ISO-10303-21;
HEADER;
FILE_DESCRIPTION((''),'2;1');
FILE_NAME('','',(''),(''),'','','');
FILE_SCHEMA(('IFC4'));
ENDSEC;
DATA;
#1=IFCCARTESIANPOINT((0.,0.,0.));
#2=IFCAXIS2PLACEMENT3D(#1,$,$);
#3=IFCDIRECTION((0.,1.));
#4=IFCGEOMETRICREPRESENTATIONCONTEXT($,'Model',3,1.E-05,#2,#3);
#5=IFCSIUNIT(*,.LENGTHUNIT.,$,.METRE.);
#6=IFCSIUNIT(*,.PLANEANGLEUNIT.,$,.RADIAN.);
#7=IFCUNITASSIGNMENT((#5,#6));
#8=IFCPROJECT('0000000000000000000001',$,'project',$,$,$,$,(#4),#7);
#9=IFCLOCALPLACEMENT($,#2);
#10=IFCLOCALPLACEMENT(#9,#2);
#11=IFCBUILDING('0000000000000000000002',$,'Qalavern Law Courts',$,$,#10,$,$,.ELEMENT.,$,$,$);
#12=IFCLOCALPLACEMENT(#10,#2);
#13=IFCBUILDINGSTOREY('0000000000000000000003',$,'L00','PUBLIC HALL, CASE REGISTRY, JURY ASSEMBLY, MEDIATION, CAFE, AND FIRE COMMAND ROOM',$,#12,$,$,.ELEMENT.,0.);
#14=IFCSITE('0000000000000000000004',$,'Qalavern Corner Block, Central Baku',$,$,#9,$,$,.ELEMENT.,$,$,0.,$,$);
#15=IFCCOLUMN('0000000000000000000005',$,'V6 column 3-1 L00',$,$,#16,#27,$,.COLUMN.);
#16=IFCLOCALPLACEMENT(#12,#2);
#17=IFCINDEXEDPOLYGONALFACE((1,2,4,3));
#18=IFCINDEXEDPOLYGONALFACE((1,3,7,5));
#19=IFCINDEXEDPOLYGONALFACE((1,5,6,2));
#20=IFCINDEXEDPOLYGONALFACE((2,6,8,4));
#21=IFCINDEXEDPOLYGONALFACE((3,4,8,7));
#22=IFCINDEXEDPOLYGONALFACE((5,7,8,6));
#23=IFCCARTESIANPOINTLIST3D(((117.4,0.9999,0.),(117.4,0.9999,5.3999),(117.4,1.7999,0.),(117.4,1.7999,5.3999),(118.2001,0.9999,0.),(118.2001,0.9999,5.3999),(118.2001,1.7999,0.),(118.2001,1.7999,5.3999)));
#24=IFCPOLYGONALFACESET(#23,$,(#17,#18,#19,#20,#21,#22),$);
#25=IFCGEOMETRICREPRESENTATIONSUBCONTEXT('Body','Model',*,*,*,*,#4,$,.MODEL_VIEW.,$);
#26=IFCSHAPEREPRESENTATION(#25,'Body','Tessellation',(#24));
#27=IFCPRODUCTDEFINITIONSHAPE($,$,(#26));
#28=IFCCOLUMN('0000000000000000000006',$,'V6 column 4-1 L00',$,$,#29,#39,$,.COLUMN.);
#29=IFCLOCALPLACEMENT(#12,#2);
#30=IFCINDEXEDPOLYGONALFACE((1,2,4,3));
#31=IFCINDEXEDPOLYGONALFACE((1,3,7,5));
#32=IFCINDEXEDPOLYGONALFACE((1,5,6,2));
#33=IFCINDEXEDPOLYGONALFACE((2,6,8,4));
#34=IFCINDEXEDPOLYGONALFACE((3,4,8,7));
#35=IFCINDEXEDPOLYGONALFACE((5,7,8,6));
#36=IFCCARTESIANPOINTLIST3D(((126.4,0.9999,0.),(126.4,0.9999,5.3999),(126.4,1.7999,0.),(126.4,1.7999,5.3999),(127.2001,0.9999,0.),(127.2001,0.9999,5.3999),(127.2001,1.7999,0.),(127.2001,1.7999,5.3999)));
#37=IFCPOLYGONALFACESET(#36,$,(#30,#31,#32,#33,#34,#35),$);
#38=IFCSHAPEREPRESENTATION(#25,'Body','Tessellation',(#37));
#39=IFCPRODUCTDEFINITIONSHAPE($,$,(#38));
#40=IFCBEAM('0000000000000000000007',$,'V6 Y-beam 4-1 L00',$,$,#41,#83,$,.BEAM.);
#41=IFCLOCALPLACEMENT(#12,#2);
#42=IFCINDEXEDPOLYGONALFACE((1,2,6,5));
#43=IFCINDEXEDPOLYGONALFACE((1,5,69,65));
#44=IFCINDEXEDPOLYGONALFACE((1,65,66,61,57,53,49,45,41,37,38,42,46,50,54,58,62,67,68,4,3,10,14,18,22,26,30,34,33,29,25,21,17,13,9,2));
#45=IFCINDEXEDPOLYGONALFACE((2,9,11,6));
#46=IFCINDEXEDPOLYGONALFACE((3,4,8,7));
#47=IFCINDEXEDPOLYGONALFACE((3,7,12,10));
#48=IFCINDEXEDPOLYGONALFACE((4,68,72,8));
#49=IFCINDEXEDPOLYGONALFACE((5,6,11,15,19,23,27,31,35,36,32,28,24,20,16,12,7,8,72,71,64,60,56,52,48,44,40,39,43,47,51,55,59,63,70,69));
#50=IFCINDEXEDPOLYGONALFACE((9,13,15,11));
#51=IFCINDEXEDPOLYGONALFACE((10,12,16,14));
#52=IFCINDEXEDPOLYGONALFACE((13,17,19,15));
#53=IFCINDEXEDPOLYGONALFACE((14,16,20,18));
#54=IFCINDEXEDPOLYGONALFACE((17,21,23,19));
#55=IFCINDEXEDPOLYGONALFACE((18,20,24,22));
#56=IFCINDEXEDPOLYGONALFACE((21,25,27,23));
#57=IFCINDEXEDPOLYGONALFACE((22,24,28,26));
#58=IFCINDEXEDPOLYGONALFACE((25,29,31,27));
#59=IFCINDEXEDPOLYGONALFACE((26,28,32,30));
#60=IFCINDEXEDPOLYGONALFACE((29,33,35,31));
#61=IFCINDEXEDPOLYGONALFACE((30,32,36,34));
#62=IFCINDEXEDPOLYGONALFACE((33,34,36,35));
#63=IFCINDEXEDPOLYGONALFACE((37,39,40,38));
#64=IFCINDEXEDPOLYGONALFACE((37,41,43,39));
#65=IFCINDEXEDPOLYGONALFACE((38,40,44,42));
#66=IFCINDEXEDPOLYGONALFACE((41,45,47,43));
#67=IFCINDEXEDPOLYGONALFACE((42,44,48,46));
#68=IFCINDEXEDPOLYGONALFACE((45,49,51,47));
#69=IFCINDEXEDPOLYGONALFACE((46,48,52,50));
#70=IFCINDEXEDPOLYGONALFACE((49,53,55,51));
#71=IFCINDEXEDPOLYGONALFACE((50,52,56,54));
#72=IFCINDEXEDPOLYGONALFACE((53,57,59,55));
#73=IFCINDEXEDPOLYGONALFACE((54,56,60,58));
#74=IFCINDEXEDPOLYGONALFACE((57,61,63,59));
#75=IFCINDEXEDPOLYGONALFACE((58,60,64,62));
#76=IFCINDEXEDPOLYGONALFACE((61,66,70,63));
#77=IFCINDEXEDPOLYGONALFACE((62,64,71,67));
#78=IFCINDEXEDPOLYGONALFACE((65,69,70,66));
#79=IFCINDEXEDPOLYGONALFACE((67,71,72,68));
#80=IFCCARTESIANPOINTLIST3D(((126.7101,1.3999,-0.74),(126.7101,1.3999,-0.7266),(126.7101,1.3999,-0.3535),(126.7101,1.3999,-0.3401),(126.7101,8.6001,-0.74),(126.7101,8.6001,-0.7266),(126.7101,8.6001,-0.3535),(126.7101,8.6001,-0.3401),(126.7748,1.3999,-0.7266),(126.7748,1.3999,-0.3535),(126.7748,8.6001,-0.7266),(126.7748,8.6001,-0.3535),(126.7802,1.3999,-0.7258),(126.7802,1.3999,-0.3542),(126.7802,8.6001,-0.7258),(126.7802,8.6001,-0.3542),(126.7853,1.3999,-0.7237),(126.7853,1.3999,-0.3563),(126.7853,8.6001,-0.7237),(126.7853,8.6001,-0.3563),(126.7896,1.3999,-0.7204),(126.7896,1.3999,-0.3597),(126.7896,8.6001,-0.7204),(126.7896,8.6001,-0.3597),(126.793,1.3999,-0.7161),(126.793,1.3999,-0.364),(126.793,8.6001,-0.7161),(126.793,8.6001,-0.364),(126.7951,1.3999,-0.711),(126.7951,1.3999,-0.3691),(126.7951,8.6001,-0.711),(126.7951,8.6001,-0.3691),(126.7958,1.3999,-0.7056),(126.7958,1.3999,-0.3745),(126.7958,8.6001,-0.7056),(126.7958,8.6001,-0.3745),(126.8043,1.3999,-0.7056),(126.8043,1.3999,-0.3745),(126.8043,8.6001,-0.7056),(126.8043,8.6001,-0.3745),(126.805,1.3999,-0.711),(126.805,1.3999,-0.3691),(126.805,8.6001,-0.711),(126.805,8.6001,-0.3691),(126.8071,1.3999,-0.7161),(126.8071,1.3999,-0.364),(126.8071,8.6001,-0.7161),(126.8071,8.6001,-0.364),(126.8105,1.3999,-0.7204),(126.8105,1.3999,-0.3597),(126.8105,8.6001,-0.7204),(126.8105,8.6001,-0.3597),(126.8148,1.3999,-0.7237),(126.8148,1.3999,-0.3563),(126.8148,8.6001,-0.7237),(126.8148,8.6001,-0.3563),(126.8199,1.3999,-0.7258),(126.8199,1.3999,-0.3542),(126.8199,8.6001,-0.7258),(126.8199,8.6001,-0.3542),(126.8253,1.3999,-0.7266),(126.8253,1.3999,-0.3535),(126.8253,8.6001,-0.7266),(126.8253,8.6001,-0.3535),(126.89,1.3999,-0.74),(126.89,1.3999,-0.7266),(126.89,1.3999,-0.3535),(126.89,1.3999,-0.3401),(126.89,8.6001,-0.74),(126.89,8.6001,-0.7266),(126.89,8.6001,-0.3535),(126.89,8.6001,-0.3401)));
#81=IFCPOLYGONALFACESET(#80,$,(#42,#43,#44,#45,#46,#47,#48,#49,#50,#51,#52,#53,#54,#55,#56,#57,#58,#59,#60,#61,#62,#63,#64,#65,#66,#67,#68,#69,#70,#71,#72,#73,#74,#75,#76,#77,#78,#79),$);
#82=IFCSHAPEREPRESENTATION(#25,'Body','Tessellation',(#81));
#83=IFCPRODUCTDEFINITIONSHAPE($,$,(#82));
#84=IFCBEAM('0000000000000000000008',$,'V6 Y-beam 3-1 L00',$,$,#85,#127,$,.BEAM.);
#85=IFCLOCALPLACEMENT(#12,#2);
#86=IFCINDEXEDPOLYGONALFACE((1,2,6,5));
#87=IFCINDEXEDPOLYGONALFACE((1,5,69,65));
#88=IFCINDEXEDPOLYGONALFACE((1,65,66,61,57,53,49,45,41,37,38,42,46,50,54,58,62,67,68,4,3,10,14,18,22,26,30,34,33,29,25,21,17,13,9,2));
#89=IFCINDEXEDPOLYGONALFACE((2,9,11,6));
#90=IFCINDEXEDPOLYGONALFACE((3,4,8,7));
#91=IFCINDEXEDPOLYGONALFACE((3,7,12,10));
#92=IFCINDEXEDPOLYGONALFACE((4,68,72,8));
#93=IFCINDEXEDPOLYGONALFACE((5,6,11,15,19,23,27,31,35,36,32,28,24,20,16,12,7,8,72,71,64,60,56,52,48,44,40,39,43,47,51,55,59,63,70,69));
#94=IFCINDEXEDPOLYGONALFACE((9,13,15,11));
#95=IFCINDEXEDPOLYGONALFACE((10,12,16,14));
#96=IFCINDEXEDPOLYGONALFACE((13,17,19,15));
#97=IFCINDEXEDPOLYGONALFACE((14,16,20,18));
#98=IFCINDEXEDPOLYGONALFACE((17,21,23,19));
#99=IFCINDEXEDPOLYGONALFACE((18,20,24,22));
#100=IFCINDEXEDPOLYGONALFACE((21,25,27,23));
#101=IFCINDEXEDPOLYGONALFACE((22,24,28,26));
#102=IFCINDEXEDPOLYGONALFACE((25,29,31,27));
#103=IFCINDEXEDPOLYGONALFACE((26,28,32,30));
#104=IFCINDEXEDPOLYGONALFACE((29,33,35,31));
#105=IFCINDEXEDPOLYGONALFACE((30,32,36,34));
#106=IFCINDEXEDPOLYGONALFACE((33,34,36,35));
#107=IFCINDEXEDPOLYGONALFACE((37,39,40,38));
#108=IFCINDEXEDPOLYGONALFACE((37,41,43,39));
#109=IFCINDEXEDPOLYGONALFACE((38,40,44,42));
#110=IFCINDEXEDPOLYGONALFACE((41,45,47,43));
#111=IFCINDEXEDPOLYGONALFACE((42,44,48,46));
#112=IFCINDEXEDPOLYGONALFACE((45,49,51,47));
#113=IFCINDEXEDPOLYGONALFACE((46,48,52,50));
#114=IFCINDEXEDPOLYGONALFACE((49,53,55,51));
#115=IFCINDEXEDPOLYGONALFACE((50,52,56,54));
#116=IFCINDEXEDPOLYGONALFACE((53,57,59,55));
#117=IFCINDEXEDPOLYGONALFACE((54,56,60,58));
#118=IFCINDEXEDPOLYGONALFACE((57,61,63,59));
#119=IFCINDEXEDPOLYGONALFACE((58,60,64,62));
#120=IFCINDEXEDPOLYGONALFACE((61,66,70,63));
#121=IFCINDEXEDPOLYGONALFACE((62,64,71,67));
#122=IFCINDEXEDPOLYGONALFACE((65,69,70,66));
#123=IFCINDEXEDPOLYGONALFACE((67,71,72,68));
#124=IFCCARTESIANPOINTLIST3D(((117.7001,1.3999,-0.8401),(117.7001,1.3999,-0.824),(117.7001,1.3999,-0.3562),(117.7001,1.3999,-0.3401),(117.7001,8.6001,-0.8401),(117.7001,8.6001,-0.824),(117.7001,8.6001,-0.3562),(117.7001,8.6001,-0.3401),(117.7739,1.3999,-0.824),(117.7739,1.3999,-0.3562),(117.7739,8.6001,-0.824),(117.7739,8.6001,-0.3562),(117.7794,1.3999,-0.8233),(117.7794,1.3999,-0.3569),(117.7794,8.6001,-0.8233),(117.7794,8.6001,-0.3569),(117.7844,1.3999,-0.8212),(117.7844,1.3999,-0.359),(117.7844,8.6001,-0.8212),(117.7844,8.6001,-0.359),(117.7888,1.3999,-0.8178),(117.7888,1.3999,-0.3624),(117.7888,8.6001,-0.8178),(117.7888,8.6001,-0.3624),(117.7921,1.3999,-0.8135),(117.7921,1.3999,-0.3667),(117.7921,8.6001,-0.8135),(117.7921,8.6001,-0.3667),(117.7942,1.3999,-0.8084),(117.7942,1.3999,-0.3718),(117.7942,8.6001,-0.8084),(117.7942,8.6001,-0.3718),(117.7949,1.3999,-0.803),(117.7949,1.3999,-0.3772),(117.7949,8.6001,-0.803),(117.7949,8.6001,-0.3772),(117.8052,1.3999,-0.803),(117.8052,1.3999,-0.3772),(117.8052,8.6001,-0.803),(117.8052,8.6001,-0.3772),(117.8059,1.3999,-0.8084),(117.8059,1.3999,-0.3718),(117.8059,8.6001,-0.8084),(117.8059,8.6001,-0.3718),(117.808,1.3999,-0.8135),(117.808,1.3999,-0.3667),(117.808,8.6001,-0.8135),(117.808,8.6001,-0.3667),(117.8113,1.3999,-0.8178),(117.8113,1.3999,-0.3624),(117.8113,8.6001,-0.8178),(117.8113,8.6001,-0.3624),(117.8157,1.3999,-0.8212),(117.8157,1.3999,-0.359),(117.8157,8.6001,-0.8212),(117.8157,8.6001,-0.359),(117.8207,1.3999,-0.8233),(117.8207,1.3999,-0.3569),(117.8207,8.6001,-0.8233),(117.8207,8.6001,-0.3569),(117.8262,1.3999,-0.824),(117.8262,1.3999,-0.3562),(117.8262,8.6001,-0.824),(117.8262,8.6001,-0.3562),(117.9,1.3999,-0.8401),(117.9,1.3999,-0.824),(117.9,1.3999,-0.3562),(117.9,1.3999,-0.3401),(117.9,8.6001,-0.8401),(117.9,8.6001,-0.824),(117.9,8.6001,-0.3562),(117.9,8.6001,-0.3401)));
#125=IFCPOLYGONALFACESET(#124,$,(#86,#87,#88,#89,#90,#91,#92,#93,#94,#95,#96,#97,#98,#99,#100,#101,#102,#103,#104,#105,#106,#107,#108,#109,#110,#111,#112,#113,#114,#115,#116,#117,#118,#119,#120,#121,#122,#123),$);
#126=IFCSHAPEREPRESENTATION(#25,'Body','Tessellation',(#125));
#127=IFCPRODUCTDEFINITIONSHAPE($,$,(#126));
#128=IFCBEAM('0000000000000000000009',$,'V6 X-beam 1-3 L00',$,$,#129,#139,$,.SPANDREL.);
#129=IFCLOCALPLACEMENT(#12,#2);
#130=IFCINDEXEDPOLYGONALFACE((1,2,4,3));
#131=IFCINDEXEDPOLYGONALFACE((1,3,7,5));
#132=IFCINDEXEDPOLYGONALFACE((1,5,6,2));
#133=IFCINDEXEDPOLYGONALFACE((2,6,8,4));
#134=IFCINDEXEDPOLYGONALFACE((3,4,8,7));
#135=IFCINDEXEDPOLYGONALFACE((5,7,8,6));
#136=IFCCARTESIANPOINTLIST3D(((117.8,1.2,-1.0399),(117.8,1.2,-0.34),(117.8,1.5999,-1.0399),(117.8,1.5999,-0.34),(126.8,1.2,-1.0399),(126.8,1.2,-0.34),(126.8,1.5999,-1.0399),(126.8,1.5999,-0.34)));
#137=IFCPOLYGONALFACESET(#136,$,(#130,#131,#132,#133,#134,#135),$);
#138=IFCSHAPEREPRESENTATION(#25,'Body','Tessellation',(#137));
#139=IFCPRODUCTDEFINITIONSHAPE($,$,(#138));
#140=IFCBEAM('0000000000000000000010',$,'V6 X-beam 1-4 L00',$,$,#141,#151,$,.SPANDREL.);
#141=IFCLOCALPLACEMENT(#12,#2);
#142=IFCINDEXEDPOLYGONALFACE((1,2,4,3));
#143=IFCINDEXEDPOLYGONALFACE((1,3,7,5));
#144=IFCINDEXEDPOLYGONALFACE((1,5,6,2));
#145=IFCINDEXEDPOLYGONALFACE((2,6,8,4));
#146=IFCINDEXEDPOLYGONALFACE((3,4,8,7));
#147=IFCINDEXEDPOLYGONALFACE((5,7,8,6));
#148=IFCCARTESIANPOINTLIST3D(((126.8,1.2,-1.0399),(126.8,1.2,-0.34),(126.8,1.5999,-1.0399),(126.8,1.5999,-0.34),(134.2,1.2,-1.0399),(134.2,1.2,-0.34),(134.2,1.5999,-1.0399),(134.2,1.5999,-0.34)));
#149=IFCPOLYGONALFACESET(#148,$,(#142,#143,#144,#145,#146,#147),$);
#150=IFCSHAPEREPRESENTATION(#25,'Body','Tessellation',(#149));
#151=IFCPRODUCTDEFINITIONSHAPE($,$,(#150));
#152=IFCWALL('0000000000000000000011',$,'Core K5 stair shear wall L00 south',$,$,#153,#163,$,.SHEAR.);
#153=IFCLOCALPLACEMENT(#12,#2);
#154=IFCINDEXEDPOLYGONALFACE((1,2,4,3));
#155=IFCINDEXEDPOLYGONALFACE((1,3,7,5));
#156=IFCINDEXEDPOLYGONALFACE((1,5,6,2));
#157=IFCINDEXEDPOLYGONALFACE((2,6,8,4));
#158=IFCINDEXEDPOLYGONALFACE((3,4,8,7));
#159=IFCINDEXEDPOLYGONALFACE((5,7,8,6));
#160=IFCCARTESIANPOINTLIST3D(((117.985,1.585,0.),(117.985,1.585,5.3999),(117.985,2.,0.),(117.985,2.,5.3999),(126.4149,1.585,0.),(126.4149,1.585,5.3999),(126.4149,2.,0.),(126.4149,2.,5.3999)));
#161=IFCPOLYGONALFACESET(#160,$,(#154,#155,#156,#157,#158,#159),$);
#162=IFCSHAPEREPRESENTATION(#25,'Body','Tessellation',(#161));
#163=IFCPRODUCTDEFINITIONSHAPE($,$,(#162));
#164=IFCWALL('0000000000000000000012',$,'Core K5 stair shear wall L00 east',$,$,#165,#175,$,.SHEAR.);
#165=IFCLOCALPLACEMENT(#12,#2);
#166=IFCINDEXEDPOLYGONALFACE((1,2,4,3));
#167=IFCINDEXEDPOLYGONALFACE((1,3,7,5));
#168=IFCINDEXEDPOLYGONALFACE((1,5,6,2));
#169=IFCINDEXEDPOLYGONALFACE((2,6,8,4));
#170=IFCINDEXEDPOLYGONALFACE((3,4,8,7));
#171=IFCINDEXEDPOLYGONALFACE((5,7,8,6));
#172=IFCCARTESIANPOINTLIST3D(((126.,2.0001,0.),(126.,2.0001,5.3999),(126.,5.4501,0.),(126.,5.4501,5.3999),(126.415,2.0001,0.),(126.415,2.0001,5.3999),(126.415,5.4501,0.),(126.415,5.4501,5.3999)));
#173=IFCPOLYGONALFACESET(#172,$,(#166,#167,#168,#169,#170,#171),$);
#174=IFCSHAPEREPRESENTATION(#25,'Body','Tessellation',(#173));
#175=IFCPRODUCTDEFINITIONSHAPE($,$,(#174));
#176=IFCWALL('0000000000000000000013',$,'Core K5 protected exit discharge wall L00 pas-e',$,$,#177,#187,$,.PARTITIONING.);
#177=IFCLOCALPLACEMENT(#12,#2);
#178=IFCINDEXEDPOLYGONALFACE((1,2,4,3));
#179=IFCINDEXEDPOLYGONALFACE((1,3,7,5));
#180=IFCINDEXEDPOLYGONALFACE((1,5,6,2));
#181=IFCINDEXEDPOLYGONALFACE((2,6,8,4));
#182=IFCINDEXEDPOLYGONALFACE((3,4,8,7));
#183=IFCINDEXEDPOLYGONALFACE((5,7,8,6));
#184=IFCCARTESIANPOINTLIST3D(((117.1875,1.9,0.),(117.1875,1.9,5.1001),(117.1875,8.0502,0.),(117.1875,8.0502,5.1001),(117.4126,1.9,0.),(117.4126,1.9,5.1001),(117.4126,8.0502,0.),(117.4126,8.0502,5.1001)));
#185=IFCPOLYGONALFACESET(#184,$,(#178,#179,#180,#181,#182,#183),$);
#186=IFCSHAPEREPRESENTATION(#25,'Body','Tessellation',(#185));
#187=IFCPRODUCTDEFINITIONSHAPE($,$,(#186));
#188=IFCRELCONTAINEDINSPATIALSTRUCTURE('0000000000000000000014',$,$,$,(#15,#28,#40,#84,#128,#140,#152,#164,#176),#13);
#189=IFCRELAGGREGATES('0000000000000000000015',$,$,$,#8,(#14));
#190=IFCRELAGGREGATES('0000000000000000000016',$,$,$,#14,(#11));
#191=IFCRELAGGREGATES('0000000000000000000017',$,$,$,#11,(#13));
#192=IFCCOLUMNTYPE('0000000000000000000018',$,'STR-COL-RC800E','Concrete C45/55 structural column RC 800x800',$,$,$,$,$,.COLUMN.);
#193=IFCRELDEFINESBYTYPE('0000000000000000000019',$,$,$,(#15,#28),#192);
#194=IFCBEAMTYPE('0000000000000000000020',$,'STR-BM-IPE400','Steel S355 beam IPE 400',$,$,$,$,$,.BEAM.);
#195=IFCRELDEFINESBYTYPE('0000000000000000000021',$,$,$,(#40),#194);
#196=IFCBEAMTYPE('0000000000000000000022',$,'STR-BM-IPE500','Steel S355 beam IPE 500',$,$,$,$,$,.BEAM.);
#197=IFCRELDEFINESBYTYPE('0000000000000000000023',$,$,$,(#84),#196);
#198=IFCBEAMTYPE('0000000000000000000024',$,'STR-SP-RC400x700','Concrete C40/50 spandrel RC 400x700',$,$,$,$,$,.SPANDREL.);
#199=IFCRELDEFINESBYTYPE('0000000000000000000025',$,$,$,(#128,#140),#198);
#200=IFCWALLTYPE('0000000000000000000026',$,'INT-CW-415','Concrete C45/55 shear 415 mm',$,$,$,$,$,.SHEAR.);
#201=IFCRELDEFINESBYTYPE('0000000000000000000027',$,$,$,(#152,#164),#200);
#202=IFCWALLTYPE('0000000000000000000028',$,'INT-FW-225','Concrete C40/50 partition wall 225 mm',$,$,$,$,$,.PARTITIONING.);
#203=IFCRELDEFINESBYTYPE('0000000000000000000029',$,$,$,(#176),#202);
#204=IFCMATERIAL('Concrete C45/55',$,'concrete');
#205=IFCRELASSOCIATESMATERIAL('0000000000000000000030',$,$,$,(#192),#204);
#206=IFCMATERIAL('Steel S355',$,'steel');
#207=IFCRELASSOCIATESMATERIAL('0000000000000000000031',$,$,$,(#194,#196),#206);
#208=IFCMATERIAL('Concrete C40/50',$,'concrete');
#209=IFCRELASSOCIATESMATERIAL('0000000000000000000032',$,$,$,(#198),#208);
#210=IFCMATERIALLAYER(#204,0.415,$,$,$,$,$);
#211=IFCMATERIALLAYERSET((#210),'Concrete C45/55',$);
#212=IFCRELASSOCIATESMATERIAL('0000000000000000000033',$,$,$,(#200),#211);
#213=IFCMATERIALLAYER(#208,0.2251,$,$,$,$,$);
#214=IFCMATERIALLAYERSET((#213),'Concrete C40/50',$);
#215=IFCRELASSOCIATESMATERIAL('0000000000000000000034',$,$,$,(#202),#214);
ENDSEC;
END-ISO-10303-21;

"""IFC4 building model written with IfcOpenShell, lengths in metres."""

from ifc_helpers import new_model, si_unit, direction, frame, frame_2d, origin, origin_2d, place, context, subcontext, project, spatial, rectangle, i_section, extrude, material, layer, layer_set, material_profile, profile_set, type_object, element, save


model = new_model("IFC4")

# Units and contexts
model_context = context("Model", 3, precision=1e-05, world=origin(), true_north=direction((0.0, 1.0)))
body_context = subcontext(model_context, "Body", "Model", "MODEL_VIEW")
ifc_project = project(units=[si_unit("LENGTHUNIT", "METRE"), si_unit("PLANEANGLEUNIT", "RADIAN")], contexts=[model_context])

# Site, building, storey
site_placement = place(None, origin())
site = spatial("IfcSite", under=ifc_project, at=site_placement, Name="Qalavern Corner Block, Central Baku", CompositionType="ELEMENT", RefElevation=0.0)
building_placement = place(site_placement, origin())
building = spatial("IfcBuilding", under=site, at=building_placement, Name="Qalavern Law Courts", CompositionType="ELEMENT")
storey_placement = place(building_placement, origin())
storey = spatial("IfcBuildingStorey", under=building, at=storey_placement, Name="L00", Description="PUBLIC HALL, CASE REGISTRY, JURY ASSEMBLY, MEDIATION, CAFE, AND FIRE COMMAND ROOM", CompositionType="ELEMENT", Elevation=0.0)

# Columns
ifc_material_1 = material(Name="Concrete C45/55", Category="concrete")
ifc_material_profile_1 = material_profile(ifc_material_1, rectangle(XDim=0.8, YDim=0.8, at=origin_2d()), Name="RC 800x800")
ifc_profile_set_1 = profile_set([ifc_material_profile_1], Name="Concrete C45/55")
column_type = type_object("IfcColumnType", Name="STR-COL-RC800E", Description="Concrete C45/55 structural column RC 800x800", PredefinedType="COLUMN", material=ifc_profile_set_1)
for number, where, z_axis, x_axis, name in (
    (1, (117.8, 1.3999, 0.0), (0.0, 0.0, 1.0), (1.0, 0.0, 0.0), "V6 column 3-1 L00"),
    (2, (126.8, 1.3999, 0.0), (0.0, 0.0, 1.0), (1.0, 0.0, 0.0), "V6 column 4-1 L00"),
):
    element("IfcColumn", number, at=place(storey_placement, frame(where, z_axis=z_axis, x_axis=x_axis)), inside=storey, type_object=column_type, Name=name, PredefinedType="COLUMN", context=body_context, shape_type="SweptSolid", body=[
        extrude(rectangle(XDim=0.8, YDim=0.8, at=origin_2d()), origin(), (0.0, 0.0, 1.0), 5.3999),
    ])

# Beams
ifc_material_2 = material(Name="Steel S355", Category="steel")
ifc_material_profile_2 = material_profile(ifc_material_2, i_section(OverallWidth=0.1799, OverallDepth=0.3999, WebThickness=0.0085, FlangeThickness=0.0134, FilletRadius=0.021, at=origin_2d()), Name="IPE 400")
ifc_profile_set_2 = profile_set([ifc_material_profile_2], Name="Steel S355")
beam_type_1 = type_object("IfcBeamType", Name="STR-BM-IPE400", Description="Steel S355 beam IPE 400", PredefinedType="BEAM", material=ifc_profile_set_2)
beam_1_placement = place(storey_placement, frame((126.8, 1.3999, -0.54), z_axis=(0.0, 1.0, 0.0), x_axis=(-1.0, 0.0, 0.0)))
element("IfcBeam", 3, at=beam_1_placement, inside=storey, type_object=beam_type_1, Name="V6 Y-beam 4-1 L00", PredefinedType="BEAM", context=body_context, shape_type="SweptSolid", body=[
    extrude(i_section(OverallWidth=0.1799, OverallDepth=0.3999, WebThickness=0.0085, FlangeThickness=0.0134, FilletRadius=0.021, at=origin_2d()), origin(), (0.0, 0.0, 1.0), 7.2002),
])
ifc_material_profile_3 = material_profile(ifc_material_2, i_section(OverallWidth=0.2, OverallDepth=0.5, WebThickness=0.0103, FlangeThickness=0.0161, FilletRadius=0.021, at=origin_2d()), Name="IPE 500")
ifc_profile_set_3 = profile_set([ifc_material_profile_3], Name="Steel S355")
beam_type_2 = type_object("IfcBeamType", Name="STR-BM-IPE500", Description="Steel S355 beam IPE 500", PredefinedType="BEAM", material=ifc_profile_set_3)
beam_2_placement = place(storey_placement, frame((117.8, 1.3999, -0.5901), z_axis=(0.0, 1.0, 0.0), x_axis=(-1.0, 0.0, 0.0)))
element("IfcBeam", 4, at=beam_2_placement, inside=storey, type_object=beam_type_2, Name="V6 Y-beam 3-1 L00", PredefinedType="BEAM", context=body_context, shape_type="SweptSolid", body=[
    extrude(i_section(OverallWidth=0.2, OverallDepth=0.5, WebThickness=0.0103, FlangeThickness=0.0161, FilletRadius=0.021, at=origin_2d()), origin(), (0.0, 0.0, 1.0), 7.2002),
])
ifc_material_3 = material(Name="Concrete C40/50", Category="concrete")
ifc_material_profile_4 = material_profile(ifc_material_3, rectangle(XDim=0.3999, YDim=0.7, at=origin_2d()), Name="RC 400x700")
ifc_profile_set_4 = profile_set([ifc_material_profile_4], Name="Concrete C40/50")
beam_type_3 = type_object("IfcBeamType", Name="STR-SP-RC400x700", Description="Concrete C40/50 spandrel RC 400x700", PredefinedType="SPANDREL", material=ifc_profile_set_4)
beam_3_placement = place(storey_placement, frame((117.8, 1.3999, -0.6899), z_axis=(1.0, 0.0, 0.0), x_axis=(0.0, 1.0, 0.0)))
element("IfcBeam", 5, at=beam_3_placement, inside=storey, type_object=beam_type_3, Name="V6 X-beam 1-3 L00", PredefinedType="SPANDREL", context=body_context, shape_type="SweptSolid", body=[
    extrude(rectangle(XDim=0.3999, YDim=0.7, at=origin_2d()), origin(), (0.0, 0.0, 1.0), 9.0),
])
beam_4_placement = place(storey_placement, frame((126.8, 1.3999, -0.6899), z_axis=(1.0, 0.0, 0.0), x_axis=(0.0, 1.0, 0.0)))
element("IfcBeam", 6, at=beam_4_placement, inside=storey, type_object=beam_type_3, Name="V6 X-beam 1-4 L00", PredefinedType="SPANDREL", context=body_context, shape_type="SweptSolid", body=[
    extrude(rectangle(XDim=0.3999, YDim=0.7, at=origin_2d()), origin(), (0.0, 0.0, 1.0), 7.3999),
])

# Walls
ifc_layer_1 = layer(ifc_material_1, 0.415)
ifc_layer_set_1 = layer_set([ifc_layer_1], Name="Concrete C45/55")
wall_type_1 = type_object("IfcWallType", Name="INT-CW-415", Description="Concrete C45/55 shear 415 mm", PredefinedType="SHEAR", material=ifc_layer_set_1)
wall_1_placement = place(storey_placement, frame((117.9851, 1.7925, 0.0), z_axis=(0.0, 0.0, 1.0), x_axis=(1.0, 0.0, 0.0)))
element("IfcWall", 7, at=wall_1_placement, inside=storey, type_object=wall_type_1, Name="Core K5 stair shear wall L00 south", PredefinedType="SHEAR", context=body_context, shape_type="SweptSolid", body=[
    extrude(rectangle(XDim=8.4299, YDim=0.415, at=frame_2d((4.2148, 0.0))), origin(), (0.0, 0.0, 1.0), 5.3999),
])
wall_2_placement = place(storey_placement, frame((126.2075, 2.0, 0.0), z_axis=(0.0, 0.0, 1.0), x_axis=(0.0, 1.0, 0.0)))
element("IfcWall", 8, at=wall_2_placement, inside=storey, type_object=wall_type_1, Name="Core K5 stair shear wall L00 east", PredefinedType="SHEAR", context=body_context, shape_type="SweptSolid", body=[
    extrude(rectangle(XDim=3.45, YDim=0.415, at=frame_2d((1.7251, 0.0))), origin(), (0.0, 0.0, 1.0), 5.3999),
])
ifc_layer_2 = layer(ifc_material_3, 0.2251)
ifc_layer_set_2 = layer_set([ifc_layer_2], Name="Concrete C40/50")
wall_type_2 = type_object("IfcWallType", Name="INT-FW-225", Description="Concrete C40/50 partition wall 225 mm", PredefinedType="PARTITIONING", material=ifc_layer_set_2)
wall_3_placement = place(storey_placement, frame((117.3, 1.8999, 0.0), z_axis=(0.0, 0.0, 1.0), x_axis=(0.0, 1.0, 0.0)))
element("IfcWall", 9, at=wall_3_placement, inside=storey, type_object=wall_type_2, Name="Core K5 protected exit discharge wall L00 pas-e", PredefinedType="PARTITIONING", context=body_context, shape_type="SweptSolid", body=[
    extrude(rectangle(XDim=6.1501, YDim=0.2251, at=frame_2d((3.0752, 0.0))), origin(), (0.0, 0.0, 1.0), 5.1001),
])

save(model, "model.ifc")
